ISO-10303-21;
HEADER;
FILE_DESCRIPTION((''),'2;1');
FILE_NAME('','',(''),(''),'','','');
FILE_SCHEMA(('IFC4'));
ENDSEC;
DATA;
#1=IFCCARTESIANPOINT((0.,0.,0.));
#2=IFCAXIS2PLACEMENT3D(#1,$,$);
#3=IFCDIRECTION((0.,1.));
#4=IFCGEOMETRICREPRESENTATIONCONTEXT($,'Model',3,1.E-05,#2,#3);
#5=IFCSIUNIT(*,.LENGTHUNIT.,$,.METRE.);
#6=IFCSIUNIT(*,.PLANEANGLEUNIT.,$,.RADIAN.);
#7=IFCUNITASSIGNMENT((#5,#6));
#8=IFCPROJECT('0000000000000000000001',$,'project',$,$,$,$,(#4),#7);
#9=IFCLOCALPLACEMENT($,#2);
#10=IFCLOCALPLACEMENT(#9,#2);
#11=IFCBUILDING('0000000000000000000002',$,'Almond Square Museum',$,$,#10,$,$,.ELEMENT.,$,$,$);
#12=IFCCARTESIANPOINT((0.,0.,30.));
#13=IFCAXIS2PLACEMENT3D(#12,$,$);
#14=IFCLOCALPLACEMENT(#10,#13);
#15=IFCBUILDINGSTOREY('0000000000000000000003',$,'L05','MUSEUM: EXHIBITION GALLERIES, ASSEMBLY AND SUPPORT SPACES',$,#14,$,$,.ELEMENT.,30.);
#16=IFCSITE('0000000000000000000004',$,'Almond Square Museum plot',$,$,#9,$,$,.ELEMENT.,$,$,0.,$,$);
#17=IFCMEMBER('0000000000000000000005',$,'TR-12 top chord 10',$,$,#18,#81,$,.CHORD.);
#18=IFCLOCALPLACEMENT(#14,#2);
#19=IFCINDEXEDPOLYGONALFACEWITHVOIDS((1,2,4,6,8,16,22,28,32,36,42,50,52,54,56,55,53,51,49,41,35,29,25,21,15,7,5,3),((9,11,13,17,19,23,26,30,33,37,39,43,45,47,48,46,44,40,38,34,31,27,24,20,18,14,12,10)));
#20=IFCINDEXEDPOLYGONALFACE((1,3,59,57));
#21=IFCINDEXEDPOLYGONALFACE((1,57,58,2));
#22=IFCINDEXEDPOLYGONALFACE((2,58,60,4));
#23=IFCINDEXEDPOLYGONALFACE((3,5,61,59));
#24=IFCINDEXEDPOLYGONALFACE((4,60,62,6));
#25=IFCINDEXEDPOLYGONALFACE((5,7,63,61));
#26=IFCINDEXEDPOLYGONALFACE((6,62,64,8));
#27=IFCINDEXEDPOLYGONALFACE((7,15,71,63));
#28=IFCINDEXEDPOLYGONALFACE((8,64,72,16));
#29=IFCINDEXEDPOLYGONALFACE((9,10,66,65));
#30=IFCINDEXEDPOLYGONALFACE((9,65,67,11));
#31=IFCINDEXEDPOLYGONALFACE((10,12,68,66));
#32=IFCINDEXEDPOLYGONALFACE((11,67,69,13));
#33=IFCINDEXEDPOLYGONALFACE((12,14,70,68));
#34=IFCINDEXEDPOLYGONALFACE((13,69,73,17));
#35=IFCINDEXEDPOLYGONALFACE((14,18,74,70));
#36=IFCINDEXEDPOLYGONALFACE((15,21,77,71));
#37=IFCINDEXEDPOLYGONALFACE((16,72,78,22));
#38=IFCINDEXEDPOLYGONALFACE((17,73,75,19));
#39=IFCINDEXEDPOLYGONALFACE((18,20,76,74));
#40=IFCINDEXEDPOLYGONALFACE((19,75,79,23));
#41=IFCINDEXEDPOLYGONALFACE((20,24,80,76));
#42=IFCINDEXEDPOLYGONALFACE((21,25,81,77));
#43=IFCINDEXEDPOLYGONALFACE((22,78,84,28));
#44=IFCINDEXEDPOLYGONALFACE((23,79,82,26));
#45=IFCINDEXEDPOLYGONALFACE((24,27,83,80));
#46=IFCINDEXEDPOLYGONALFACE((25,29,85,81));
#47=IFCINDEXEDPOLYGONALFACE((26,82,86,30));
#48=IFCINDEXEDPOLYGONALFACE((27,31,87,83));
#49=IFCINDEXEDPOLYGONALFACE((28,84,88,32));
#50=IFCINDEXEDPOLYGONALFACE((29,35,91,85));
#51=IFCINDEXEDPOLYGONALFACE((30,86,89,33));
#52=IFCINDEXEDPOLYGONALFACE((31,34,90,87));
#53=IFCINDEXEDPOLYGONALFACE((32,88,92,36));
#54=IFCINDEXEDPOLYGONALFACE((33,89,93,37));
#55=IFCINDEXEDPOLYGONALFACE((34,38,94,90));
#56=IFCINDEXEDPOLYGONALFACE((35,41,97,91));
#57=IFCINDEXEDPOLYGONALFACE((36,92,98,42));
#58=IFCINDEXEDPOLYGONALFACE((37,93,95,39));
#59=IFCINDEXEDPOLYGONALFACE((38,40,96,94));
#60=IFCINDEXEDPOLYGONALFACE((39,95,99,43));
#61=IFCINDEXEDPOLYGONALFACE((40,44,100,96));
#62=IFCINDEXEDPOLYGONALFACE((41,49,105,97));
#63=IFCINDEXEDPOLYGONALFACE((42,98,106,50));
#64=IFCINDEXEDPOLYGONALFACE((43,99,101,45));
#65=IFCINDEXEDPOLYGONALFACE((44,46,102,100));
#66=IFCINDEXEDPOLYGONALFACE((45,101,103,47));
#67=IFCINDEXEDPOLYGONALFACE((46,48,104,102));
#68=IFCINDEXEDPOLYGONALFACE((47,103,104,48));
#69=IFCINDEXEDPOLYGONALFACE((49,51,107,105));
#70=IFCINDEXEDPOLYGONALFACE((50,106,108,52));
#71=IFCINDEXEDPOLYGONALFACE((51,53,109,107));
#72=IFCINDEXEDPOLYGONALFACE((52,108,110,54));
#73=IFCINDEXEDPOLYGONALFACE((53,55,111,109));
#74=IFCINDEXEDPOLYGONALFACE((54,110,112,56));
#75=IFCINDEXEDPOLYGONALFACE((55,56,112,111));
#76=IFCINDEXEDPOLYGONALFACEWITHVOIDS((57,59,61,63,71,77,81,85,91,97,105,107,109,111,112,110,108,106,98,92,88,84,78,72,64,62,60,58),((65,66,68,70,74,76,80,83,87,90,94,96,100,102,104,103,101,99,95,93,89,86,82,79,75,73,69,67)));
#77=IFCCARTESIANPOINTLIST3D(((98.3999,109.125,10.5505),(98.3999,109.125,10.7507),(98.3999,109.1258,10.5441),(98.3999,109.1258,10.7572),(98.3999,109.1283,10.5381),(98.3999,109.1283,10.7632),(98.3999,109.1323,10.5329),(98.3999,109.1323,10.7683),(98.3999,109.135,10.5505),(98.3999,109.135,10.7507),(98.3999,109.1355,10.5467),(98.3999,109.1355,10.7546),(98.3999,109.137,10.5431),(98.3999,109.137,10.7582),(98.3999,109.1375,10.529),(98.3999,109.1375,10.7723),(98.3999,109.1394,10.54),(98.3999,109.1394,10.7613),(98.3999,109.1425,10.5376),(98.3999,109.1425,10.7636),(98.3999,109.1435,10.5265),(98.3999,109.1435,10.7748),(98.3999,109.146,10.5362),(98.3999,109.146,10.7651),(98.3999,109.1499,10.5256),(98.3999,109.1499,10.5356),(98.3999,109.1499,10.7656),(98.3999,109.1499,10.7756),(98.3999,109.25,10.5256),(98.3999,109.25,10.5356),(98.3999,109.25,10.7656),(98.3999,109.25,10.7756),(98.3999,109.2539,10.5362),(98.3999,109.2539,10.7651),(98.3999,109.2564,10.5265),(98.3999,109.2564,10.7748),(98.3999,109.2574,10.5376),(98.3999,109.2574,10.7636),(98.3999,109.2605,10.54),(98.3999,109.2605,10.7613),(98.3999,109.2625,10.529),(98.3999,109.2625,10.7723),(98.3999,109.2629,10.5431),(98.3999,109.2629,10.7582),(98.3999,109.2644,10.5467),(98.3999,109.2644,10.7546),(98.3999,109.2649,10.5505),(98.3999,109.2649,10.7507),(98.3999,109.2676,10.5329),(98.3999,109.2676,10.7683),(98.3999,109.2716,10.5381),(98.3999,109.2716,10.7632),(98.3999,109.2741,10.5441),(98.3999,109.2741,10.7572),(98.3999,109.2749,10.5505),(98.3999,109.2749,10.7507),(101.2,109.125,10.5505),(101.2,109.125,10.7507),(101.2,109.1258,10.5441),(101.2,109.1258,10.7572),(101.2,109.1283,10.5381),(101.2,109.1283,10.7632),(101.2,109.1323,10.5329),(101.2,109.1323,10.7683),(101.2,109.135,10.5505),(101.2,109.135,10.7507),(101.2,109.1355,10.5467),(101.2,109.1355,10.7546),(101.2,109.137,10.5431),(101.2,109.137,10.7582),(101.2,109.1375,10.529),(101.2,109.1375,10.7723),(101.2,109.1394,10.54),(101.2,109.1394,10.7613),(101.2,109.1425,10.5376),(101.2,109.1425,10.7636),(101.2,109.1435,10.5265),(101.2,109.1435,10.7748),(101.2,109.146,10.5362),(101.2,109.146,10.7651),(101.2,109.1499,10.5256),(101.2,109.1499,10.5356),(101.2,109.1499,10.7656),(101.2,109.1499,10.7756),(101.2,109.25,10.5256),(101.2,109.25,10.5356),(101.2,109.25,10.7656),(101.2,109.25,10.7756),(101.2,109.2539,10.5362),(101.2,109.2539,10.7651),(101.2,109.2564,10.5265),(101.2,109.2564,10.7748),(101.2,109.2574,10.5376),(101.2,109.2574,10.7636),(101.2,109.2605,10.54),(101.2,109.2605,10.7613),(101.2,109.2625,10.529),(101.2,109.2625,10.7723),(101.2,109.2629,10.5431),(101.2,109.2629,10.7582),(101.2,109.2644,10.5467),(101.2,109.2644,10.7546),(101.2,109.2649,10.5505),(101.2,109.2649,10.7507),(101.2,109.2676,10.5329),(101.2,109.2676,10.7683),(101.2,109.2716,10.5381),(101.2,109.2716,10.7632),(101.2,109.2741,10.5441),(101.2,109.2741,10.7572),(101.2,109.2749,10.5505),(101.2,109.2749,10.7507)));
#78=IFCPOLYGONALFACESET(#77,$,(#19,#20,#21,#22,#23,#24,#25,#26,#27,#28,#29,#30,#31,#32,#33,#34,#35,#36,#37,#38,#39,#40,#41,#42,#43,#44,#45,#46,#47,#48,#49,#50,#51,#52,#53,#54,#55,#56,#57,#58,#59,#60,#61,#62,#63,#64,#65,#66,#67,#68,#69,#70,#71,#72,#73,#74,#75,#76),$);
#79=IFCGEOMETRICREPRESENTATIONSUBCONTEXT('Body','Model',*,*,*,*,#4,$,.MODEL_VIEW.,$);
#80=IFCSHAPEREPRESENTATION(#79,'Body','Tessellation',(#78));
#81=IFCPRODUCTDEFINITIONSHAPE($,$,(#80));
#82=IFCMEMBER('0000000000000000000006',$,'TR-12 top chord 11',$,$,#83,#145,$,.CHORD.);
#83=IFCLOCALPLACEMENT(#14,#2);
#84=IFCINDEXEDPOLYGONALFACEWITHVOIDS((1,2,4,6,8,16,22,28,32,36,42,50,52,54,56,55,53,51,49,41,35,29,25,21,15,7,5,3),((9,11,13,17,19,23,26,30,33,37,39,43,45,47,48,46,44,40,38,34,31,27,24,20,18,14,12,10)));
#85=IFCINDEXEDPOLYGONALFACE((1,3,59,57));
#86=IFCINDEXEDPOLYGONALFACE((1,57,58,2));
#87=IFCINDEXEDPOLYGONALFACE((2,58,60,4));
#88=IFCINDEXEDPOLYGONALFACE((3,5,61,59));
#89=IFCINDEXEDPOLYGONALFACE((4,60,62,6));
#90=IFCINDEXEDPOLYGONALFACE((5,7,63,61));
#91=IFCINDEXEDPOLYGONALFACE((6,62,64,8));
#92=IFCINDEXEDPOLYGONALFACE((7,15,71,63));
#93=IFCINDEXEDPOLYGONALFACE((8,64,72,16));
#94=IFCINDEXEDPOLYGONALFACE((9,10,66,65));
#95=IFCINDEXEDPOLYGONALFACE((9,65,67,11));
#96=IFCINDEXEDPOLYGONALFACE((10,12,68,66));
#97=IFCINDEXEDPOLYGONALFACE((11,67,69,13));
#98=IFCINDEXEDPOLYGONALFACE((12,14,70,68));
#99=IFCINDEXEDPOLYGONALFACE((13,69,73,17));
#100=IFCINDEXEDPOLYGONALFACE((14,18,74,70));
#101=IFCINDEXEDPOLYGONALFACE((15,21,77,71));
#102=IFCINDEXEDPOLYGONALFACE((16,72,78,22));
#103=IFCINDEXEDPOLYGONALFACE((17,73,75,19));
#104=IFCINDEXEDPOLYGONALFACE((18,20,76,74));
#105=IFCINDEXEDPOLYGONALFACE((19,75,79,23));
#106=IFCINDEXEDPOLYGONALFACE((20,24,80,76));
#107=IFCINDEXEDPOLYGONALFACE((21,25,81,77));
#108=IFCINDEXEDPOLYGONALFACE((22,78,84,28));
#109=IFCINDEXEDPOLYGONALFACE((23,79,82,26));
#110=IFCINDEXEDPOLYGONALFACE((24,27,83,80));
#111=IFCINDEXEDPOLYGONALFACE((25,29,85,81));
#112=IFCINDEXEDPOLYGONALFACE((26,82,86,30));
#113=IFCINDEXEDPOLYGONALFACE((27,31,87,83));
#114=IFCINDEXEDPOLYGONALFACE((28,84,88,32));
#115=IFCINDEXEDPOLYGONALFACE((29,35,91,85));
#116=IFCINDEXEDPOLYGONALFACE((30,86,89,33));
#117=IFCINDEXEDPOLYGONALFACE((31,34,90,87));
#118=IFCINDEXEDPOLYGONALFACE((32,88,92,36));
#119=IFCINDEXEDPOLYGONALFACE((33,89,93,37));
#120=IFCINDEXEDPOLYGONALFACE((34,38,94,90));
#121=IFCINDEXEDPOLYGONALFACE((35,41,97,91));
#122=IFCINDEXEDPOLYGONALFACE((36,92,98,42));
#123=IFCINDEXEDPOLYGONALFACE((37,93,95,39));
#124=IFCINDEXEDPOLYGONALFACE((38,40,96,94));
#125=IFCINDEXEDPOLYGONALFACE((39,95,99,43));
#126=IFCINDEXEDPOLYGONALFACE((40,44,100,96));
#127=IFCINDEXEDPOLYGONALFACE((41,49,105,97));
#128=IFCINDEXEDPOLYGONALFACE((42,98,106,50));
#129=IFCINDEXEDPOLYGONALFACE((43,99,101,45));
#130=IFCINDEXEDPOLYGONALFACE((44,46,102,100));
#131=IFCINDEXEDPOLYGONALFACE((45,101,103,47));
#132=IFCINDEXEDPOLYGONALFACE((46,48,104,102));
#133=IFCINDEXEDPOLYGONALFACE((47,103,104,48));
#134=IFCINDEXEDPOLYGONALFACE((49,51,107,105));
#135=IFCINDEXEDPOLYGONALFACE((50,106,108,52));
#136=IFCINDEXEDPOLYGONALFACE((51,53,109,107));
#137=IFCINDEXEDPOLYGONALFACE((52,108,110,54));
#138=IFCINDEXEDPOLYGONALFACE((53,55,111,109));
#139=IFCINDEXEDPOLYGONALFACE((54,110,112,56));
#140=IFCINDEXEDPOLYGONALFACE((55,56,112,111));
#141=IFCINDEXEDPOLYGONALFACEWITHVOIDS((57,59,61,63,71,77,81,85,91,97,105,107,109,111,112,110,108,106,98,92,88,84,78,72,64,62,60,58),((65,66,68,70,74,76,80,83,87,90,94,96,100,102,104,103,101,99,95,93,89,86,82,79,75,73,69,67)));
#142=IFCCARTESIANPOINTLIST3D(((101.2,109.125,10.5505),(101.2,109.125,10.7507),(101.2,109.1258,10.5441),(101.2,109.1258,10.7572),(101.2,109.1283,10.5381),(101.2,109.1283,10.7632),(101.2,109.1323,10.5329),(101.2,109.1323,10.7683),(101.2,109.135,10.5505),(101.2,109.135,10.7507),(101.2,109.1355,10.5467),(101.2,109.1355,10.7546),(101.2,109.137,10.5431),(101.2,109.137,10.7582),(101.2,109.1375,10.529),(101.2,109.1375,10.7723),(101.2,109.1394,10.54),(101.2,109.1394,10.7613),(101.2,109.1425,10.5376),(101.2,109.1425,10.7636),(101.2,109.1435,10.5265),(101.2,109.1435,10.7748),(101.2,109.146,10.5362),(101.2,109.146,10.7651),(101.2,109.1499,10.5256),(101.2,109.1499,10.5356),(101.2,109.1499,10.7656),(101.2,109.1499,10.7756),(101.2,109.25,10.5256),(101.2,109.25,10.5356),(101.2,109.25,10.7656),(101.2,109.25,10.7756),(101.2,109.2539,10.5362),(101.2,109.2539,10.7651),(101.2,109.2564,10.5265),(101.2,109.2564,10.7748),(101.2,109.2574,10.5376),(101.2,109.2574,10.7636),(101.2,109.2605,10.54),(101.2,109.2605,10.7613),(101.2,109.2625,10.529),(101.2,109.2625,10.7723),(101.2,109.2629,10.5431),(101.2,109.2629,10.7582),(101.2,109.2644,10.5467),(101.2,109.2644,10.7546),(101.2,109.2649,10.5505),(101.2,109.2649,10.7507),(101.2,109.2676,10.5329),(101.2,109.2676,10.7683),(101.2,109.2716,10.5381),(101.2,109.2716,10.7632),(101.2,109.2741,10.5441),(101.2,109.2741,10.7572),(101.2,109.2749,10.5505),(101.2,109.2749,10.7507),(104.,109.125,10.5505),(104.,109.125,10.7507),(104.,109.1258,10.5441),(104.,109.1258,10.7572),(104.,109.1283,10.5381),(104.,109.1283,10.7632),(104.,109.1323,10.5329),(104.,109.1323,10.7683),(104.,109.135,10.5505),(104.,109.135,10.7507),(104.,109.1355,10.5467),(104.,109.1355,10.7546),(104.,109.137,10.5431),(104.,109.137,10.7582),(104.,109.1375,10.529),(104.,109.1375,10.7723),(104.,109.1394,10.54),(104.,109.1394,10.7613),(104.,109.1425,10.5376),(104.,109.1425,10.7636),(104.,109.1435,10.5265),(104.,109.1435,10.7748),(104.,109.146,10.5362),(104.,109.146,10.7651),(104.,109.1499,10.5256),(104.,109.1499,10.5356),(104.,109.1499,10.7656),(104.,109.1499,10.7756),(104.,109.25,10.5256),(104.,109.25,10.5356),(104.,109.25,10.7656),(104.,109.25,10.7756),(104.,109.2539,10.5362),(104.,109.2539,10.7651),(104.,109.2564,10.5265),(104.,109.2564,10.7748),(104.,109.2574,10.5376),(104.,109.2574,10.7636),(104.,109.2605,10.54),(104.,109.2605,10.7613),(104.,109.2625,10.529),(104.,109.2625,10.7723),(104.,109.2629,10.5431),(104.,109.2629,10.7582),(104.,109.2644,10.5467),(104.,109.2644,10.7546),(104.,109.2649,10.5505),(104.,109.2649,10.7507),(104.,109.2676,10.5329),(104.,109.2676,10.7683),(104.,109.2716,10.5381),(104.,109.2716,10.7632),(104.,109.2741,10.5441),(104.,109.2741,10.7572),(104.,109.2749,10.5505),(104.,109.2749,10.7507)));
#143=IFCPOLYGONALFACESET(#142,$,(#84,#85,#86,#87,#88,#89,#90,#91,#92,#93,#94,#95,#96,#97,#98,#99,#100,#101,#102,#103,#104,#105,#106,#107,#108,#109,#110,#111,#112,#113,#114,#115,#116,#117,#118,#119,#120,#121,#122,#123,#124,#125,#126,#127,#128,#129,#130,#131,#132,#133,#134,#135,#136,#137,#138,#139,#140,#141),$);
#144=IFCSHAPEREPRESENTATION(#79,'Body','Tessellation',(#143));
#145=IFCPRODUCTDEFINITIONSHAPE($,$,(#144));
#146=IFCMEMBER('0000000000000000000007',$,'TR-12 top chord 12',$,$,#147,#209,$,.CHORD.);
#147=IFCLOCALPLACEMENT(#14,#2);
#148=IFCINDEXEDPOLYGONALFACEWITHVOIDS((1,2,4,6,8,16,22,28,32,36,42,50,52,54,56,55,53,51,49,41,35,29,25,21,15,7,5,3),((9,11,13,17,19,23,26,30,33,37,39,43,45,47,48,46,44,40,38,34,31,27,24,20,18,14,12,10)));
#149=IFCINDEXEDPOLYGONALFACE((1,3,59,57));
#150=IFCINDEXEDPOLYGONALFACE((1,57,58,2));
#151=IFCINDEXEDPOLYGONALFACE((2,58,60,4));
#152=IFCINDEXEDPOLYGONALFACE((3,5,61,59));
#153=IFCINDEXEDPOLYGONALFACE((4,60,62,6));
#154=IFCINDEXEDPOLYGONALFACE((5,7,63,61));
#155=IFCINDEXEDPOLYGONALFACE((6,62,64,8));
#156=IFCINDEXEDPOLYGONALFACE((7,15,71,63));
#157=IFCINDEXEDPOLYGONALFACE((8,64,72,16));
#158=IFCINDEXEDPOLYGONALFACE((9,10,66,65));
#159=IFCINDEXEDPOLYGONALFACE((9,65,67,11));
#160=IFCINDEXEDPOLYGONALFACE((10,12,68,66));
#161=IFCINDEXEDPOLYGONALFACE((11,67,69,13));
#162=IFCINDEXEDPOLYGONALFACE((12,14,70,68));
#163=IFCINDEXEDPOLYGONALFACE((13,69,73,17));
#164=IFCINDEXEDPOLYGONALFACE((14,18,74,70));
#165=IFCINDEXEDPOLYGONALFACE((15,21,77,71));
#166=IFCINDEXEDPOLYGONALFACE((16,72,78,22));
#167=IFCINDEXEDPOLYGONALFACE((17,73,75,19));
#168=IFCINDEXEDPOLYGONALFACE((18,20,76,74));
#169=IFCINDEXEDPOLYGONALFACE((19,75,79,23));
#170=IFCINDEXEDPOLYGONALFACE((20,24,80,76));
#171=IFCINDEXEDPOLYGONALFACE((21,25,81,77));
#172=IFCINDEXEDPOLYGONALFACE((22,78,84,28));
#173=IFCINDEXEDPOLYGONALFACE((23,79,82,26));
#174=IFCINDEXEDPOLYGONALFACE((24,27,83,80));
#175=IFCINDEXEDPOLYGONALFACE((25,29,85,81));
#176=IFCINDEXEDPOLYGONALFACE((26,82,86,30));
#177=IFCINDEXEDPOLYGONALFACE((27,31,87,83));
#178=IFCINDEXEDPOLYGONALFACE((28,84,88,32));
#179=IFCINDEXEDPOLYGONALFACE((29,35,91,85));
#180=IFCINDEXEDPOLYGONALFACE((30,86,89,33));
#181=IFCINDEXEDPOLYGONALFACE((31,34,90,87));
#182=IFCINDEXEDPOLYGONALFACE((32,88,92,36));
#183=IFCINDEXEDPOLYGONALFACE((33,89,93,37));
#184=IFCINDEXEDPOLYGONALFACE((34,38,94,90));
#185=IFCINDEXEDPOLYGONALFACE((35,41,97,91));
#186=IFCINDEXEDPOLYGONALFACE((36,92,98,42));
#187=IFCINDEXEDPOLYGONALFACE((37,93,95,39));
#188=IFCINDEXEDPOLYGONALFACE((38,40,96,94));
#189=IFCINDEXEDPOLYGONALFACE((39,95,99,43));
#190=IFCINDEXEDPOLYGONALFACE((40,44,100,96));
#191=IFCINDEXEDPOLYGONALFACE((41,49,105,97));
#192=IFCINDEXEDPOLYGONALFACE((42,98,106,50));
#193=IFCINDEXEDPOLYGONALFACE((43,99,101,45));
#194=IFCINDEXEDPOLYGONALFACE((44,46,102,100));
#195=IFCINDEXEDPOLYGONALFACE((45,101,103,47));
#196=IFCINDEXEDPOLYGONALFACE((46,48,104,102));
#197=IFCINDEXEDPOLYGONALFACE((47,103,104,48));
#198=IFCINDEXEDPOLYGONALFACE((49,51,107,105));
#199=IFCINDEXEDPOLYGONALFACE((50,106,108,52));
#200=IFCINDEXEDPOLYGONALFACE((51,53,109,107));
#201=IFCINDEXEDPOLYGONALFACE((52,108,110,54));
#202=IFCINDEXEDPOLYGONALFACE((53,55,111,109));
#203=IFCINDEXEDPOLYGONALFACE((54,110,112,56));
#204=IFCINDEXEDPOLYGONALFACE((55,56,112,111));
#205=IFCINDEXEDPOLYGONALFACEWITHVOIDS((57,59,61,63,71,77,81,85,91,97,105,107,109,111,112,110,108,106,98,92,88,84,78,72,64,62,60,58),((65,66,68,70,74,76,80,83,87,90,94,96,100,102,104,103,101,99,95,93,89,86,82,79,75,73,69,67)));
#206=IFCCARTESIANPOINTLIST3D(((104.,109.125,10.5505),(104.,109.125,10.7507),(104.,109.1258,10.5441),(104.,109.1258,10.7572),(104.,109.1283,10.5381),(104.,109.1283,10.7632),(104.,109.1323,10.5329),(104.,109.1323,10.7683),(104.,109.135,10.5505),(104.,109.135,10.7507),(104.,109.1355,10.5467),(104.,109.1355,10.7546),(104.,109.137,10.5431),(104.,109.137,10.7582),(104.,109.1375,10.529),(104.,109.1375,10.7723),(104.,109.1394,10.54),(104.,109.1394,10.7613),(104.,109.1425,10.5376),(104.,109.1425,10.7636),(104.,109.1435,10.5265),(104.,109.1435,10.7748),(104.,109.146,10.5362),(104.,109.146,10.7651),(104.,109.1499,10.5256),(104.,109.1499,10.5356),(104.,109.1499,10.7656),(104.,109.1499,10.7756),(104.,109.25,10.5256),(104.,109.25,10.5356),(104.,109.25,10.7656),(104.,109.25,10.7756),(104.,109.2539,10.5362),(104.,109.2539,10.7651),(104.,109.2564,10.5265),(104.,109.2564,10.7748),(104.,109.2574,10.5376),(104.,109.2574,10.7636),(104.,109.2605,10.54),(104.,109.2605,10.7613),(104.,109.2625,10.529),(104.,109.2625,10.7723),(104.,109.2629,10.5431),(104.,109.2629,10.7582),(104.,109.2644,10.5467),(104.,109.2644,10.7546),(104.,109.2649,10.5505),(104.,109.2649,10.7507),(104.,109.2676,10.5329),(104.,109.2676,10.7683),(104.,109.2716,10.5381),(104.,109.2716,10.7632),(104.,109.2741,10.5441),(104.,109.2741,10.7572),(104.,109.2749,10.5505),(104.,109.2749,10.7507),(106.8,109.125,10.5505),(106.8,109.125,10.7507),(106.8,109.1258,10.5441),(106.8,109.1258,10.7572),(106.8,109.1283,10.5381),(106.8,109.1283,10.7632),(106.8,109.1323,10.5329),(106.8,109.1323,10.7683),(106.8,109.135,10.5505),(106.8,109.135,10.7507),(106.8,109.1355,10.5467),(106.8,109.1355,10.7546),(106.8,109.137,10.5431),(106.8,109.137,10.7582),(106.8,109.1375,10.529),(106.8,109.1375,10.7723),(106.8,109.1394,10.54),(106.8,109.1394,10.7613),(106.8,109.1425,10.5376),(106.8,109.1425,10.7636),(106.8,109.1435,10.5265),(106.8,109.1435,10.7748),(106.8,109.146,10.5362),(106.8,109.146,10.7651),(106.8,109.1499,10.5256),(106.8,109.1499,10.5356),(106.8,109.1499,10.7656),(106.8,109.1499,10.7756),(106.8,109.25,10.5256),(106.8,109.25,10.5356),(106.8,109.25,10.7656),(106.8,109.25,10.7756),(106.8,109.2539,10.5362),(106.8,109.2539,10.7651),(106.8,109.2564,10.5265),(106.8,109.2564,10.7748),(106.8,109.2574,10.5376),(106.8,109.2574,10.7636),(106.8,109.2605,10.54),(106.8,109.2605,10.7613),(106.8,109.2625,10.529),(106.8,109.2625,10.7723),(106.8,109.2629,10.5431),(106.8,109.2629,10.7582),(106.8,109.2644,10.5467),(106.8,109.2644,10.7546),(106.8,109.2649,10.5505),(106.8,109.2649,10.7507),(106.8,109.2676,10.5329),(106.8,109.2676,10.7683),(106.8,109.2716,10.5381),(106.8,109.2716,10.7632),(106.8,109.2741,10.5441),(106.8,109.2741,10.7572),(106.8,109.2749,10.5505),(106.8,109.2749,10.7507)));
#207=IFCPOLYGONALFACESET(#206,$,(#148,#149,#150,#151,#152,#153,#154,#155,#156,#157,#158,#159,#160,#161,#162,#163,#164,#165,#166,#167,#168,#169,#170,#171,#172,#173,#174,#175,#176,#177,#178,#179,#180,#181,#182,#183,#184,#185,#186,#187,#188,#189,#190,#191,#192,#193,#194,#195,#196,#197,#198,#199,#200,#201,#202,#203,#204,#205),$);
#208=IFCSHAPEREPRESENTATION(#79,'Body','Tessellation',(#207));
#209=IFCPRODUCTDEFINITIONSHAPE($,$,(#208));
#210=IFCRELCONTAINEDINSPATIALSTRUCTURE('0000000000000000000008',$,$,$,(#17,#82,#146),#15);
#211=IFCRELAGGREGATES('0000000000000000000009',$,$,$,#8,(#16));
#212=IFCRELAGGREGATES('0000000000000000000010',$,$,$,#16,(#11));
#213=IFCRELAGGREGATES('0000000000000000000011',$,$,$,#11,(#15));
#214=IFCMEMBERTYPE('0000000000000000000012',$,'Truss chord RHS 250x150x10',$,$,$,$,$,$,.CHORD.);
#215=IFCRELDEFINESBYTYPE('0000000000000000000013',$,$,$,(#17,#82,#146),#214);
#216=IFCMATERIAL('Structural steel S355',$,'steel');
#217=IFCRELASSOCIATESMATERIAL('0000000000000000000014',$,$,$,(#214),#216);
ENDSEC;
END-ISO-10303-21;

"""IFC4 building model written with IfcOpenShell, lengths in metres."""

from ifc_helpers import new_model, si_unit, direction, frame, origin, origin_2d, place, context, subcontext, project, spatial, hollow_rectangle, extrude, material, material_profile, profile_set, type_object, element, save


model = new_model("IFC4")

# Units and contexts
model_context = context("Model", 3, precision=1e-05, world=origin(), true_north=direction((0.0, 1.0)))
body_context = subcontext(model_context, "Body", "Model", "MODEL_VIEW")
ifc_project = project(units=[si_unit("LENGTHUNIT", "METRE"), si_unit("PLANEANGLEUNIT", "RADIAN")], contexts=[model_context])

# Site, building, storey
site_placement = place(None, origin())
site = spatial("IfcSite", under=ifc_project, at=site_placement, Name="Almond Square Museum plot", CompositionType="ELEMENT", RefElevation=0.0)
building_placement = place(site_placement, origin())
building = spatial("IfcBuilding", under=site, at=building_placement, Name="Almond Square Museum", CompositionType="ELEMENT")
storey_placement = place(building_placement, frame((0.0, 0.0, 30.0)))
storey = spatial("IfcBuildingStorey", under=building, at=storey_placement, Name="L05", Description="MUSEUM: EXHIBITION GALLERIES, ASSEMBLY AND SUPPORT SPACES", CompositionType="ELEMENT", Elevation=30.0)

# Members
ifc_material_1 = material(Name="Structural steel S355", Category="steel")
ifc_material_profile_1 = material_profile(ifc_material_1, hollow_rectangle(XDim=0.1499, YDim=0.25, WallThickness=0.01, InnerFilletRadius=0.0149, OuterFilletRadius=0.0249, at=origin_2d()))
ifc_profile_set_1 = profile_set([ifc_material_profile_1], Name="Structural steel S355")
member_type_1 = type_object("IfcMemberType", Name="Truss chord RHS 250x150x10", PredefinedType="CHORD", material=ifc_profile_set_1)
for number, where, z_axis, x_axis, name in (
    (1, (98.3999, 109.2, 10.6506), (1.0, 0.0, 0.0), (0.0, 1.0, 0.0), "TR-12 top chord 10"),
    (2, (101.2, 109.2, 10.6506), (1.0, 0.0, 0.0), (0.0, 1.0, 0.0), "TR-12 top chord 11"),
    (3, (104.0, 109.2, 10.6506), (1.0, 0.0, 0.0), (0.0, 1.0, 0.0), "TR-12 top chord 12"),
):
    element("IfcMember", number, at=place(storey_placement, frame(where, z_axis=z_axis, x_axis=x_axis)), inside=storey, type_object=member_type_1, Name=name, PredefinedType="CHORD", context=body_context, shape_type="SweptSolid", body=[
        extrude(hollow_rectangle(XDim=0.1499, YDim=0.25, WallThickness=0.01, InnerFilletRadius=0.0149, OuterFilletRadius=0.0249, at=origin_2d()), origin(), (0.0, 0.0, 1.0), 2.8),
    ])

save(model, "model.ifc")
